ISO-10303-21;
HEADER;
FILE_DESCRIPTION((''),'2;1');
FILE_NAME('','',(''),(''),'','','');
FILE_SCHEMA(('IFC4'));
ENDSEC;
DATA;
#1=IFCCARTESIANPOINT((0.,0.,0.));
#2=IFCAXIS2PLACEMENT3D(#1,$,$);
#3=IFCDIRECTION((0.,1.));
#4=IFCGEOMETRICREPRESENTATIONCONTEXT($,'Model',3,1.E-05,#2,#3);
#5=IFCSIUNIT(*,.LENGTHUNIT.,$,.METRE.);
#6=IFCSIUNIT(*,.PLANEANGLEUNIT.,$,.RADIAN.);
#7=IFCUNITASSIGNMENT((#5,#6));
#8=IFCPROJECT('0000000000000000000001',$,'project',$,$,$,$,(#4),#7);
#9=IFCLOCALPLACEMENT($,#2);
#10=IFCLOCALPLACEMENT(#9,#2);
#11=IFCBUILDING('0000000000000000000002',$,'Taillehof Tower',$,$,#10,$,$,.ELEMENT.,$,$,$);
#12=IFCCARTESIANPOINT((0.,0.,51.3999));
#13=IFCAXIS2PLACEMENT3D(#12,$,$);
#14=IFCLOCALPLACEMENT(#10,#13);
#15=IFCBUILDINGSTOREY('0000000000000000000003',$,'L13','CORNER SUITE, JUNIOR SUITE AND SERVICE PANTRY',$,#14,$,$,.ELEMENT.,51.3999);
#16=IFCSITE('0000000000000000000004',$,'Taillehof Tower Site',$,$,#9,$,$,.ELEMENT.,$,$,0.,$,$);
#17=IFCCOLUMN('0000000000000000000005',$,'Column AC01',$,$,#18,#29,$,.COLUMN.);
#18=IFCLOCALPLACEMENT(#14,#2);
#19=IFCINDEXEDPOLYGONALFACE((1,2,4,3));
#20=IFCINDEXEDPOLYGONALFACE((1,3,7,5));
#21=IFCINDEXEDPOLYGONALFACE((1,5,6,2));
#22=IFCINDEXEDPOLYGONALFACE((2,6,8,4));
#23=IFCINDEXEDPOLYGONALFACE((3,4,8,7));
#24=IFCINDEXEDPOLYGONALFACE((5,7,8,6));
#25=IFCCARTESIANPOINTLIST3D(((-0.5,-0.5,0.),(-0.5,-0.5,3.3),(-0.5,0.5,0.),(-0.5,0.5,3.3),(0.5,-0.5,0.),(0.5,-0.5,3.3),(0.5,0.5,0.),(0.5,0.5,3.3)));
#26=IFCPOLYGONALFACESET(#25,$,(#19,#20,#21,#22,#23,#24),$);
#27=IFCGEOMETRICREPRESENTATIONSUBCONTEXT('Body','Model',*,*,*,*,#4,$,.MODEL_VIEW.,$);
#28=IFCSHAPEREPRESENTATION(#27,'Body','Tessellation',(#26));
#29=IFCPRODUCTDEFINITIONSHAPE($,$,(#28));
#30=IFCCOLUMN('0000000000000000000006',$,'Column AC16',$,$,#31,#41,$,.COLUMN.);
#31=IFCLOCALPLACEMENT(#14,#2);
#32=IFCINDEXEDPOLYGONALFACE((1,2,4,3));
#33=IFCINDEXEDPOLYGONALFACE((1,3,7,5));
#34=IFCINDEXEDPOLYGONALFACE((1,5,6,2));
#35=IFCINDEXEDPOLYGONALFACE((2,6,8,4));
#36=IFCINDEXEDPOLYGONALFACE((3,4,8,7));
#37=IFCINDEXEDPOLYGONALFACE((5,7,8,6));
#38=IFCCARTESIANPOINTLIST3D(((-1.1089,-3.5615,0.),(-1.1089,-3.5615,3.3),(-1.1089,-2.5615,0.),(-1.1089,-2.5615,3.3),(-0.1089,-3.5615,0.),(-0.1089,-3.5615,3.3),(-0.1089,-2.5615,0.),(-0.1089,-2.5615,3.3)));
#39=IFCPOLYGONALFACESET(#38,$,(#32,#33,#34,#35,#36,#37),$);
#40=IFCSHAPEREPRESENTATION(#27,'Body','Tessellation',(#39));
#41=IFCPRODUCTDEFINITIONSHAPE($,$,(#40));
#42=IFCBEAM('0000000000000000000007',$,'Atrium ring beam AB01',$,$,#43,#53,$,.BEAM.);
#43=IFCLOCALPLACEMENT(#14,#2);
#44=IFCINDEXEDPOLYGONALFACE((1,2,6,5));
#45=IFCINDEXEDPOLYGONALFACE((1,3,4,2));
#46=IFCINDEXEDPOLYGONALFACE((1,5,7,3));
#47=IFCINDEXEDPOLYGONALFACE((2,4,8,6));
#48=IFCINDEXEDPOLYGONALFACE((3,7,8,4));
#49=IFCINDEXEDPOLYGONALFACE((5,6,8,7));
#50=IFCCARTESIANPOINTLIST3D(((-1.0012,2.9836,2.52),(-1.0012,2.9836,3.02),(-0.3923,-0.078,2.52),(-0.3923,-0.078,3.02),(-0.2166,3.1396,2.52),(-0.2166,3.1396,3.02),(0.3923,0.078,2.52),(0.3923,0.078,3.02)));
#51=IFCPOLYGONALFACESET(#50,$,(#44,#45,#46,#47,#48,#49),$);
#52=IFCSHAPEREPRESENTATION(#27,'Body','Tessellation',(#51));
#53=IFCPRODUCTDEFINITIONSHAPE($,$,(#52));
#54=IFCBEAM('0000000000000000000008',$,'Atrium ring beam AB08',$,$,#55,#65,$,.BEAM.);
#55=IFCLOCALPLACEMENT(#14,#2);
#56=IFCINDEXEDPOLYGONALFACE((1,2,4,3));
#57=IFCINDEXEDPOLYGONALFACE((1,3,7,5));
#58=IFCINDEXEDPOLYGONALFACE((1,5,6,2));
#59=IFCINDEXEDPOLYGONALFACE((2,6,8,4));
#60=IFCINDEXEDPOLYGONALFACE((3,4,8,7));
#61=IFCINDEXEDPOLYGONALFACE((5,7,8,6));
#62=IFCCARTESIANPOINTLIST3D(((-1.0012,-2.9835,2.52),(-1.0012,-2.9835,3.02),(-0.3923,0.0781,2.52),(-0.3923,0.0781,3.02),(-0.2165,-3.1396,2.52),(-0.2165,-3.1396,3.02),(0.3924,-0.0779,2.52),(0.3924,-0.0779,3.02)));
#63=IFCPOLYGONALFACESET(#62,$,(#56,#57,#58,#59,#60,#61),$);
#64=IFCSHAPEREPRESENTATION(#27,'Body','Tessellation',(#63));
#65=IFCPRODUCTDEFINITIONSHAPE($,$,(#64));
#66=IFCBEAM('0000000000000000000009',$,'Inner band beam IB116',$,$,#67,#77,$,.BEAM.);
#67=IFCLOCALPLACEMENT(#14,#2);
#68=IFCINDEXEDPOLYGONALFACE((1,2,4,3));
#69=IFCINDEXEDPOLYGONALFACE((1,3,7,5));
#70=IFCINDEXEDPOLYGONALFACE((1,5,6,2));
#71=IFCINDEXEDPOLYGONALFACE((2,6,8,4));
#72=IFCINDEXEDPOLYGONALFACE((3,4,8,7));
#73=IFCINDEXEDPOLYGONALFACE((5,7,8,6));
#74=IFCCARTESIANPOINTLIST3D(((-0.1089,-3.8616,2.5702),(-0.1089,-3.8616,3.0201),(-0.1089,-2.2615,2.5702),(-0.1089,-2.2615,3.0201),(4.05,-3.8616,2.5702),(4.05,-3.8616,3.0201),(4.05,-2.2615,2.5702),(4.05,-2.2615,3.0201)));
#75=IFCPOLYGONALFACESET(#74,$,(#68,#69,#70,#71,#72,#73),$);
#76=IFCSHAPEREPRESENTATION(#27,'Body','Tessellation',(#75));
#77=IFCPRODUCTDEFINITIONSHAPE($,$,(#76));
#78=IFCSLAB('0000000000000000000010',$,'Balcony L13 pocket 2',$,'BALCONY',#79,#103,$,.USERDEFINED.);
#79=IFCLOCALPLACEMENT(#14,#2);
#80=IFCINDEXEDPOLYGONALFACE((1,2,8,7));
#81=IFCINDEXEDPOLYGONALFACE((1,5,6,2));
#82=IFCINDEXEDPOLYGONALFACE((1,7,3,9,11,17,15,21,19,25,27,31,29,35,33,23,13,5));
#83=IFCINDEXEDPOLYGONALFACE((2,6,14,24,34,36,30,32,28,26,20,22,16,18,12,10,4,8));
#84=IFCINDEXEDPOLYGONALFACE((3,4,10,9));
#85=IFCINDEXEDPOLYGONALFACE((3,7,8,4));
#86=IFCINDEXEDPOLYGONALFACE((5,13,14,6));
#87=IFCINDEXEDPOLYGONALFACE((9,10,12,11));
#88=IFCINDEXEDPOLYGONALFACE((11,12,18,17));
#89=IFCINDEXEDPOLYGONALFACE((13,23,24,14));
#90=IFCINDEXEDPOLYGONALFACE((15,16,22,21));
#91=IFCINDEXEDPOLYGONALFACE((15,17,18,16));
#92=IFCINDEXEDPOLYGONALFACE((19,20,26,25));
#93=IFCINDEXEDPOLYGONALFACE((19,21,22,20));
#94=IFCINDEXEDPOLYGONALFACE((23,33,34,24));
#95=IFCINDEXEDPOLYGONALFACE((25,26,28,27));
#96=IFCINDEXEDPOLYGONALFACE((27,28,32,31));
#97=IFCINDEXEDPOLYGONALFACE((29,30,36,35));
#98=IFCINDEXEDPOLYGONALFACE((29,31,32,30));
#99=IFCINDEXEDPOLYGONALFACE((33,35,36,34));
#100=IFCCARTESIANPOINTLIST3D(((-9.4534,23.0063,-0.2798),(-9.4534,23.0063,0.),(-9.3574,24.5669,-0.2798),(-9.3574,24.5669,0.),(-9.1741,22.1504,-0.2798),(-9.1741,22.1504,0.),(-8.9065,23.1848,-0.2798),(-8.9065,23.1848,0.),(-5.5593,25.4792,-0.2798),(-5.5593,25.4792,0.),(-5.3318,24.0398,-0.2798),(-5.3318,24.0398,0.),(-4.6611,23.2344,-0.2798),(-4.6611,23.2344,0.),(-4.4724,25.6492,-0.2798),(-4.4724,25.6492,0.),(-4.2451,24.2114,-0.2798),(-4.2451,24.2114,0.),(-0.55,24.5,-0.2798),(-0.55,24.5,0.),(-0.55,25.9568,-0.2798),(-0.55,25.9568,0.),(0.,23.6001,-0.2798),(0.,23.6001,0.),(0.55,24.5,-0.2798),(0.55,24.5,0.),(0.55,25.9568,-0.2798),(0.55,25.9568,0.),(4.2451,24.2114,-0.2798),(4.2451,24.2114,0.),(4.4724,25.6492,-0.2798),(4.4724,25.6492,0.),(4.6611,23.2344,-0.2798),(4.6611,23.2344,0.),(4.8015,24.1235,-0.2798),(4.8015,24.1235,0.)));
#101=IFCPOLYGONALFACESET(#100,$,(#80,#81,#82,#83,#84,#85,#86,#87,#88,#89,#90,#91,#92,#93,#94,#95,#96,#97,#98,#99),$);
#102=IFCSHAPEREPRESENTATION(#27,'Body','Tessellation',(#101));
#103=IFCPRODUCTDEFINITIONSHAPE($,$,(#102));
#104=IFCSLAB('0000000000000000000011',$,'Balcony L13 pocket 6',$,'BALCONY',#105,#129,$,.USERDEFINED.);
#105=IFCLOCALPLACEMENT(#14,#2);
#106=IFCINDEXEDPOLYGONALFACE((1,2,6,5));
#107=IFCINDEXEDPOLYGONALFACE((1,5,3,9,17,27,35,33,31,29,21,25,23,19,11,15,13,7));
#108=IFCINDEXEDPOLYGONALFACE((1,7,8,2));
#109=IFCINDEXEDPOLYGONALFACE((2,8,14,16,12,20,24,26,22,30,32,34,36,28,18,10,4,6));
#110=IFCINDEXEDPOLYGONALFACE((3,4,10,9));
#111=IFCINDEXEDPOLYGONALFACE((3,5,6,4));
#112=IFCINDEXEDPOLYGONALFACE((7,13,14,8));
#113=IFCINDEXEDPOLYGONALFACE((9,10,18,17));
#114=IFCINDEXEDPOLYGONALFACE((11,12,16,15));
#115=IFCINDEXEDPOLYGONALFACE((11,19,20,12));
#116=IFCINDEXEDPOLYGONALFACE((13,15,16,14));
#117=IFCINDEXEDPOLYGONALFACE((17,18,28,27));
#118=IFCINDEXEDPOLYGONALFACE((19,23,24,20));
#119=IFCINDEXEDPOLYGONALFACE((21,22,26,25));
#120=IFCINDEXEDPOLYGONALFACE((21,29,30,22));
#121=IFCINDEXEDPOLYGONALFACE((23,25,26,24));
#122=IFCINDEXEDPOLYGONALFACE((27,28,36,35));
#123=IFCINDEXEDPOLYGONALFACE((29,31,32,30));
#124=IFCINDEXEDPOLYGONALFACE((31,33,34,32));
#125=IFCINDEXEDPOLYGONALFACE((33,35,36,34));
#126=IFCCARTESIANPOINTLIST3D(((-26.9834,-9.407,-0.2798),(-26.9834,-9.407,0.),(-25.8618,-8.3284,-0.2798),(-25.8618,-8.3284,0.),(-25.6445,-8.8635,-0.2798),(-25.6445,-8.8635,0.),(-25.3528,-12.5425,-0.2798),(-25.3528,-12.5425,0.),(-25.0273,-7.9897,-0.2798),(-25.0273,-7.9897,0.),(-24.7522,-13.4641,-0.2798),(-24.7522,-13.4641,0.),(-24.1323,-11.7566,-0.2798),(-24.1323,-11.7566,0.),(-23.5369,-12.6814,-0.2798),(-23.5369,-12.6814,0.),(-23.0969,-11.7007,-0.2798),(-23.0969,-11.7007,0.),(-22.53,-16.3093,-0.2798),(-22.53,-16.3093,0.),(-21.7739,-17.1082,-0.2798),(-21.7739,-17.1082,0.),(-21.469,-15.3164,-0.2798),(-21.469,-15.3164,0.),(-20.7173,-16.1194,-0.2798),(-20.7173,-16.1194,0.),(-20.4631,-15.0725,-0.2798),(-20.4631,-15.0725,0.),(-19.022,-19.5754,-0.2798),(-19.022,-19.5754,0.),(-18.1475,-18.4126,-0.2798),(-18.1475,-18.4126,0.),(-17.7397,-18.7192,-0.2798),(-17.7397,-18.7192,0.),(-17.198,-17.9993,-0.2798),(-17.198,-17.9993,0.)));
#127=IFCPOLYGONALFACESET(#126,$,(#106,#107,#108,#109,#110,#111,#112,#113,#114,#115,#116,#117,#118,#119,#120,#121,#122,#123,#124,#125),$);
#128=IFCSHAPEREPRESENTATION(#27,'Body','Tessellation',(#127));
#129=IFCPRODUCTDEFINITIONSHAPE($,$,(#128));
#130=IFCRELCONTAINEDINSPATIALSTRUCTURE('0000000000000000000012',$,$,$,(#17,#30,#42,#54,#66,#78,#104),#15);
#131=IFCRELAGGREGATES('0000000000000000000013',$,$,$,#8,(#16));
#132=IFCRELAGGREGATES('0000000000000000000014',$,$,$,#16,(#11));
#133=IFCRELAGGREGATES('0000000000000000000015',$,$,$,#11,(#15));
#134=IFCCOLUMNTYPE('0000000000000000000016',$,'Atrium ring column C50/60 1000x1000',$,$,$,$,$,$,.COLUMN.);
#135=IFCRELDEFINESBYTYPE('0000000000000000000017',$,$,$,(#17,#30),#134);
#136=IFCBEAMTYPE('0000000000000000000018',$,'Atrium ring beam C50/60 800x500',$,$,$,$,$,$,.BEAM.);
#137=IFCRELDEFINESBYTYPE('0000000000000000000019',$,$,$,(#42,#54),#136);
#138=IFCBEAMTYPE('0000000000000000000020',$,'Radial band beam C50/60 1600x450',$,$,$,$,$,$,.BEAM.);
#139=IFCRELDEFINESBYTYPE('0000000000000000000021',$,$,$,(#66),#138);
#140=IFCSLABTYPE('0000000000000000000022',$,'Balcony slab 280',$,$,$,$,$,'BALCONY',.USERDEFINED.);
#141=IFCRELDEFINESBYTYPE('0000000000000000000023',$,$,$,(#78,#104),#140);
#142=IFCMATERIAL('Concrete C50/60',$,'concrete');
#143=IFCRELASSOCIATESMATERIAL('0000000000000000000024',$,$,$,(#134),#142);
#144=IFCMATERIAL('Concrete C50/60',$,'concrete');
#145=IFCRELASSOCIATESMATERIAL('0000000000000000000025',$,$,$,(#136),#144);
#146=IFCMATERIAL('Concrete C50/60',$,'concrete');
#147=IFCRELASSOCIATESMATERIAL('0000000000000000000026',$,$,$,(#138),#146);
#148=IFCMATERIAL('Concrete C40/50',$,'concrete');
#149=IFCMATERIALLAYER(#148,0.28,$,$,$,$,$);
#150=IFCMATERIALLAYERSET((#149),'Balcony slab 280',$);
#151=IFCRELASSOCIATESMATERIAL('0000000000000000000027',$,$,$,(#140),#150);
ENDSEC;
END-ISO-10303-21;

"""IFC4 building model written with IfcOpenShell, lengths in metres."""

from ifc_helpers import new_model, si_unit, direction, frame, origin, origin_2d, place, context, subcontext, project, spatial, polyline, rectangle, outline, extrude, material, layer, layer_set, material_profile, profile_set, type_object, element, save


model = new_model("IFC4")

# Units and contexts
model_context = context("Model", 3, precision=1e-05, world=origin(), true_north=direction((0.0, 1.0)))
body_context = subcontext(model_context, "Body", "Model", "MODEL_VIEW")
ifc_project = project(units=[si_unit("LENGTHUNIT", "METRE"), si_unit("PLANEANGLEUNIT", "RADIAN")], contexts=[model_context])

# Site, building, storey
site_placement = place(None, origin())
site = spatial("IfcSite", under=ifc_project, at=site_placement, Name="Taillehof Tower Site", CompositionType="ELEMENT", RefElevation=0.0)
building_placement = place(site_placement, origin())
building = spatial("IfcBuilding", under=site, at=building_placement, Name="Taillehof Tower", CompositionType="ELEMENT")
storey_placement = place(building_placement, frame((0.0, 0.0, 51.3999)))
storey = spatial("IfcBuildingStorey", under=building, at=storey_placement, Name="L13", Description="CORNER SUITE, JUNIOR SUITE AND SERVICE PANTRY", CompositionType="ELEMENT", Elevation=51.3999)

# Columns
ifc_material_1 = material(Name="Concrete C50/60", Category="concrete")
ifc_material_profile_1 = material_profile(ifc_material_1, rectangle(XDim=1.0, YDim=1.0, at=origin_2d()), Name="RC 1000x1000")
ifc_profile_set_1 = profile_set([ifc_material_profile_1], Name="Concrete C50/60")
column_type = type_object("IfcColumnType", Name="Atrium ring column C50/60 1000x1000", PredefinedType="COLUMN", material=ifc_profile_set_1)
for number, where, z_axis, x_axis, name in (
    (1, (0.0, 0.0, 0.0), (0.0, 0.0, 1.0), (1.0, 0.0, 0.0), "Column AC01"),
    (2, (-0.6089, -3.0615, 0.0), (0.0, 0.0, 1.0), (1.0, 0.0, 0.0), "Column AC16"),
):
    element("IfcColumn", number, at=place(storey_placement, frame(where, z_axis=z_axis, x_axis=x_axis)), inside=storey, type_object=column_type, Name=name, PredefinedType="COLUMN", context=body_context, shape_type="SweptSolid", body=[
        extrude(rectangle(XDim=1.0, YDim=1.0, at=origin_2d()), origin(), (0.0, 0.0, 1.0), 3.3),
    ])

# Beams
ifc_material_2 = material(Name="Concrete C50/60", Category="concrete")
ifc_material_profile_2 = material_profile(ifc_material_2, rectangle(XDim=0.8, YDim=0.5, at=origin_2d()), Name="RC 800x500")
ifc_profile_set_2 = profile_set([ifc_material_profile_2], Name="Concrete C50/60")
beam_type_1 = type_object("IfcBeamType", Name="Atrium ring beam C50/60 800x500", PredefinedType="BEAM", material=ifc_profile_set_2)
for number, where, z_axis, x_axis, name in (
    (3, (0.0, 0.0, 2.77), (-0.195063, 0.980791, 0.0), (-0.980791, -0.195063, 0.0), "Atrium ring beam AB01"),
    (4, (-0.6089, -3.0615, 2.77), (0.195063, 0.980791, 0.0), (-0.980791, 0.195063, 0.0), "Atrium ring beam AB08"),
):
    element("IfcBeam", number, at=place(storey_placement, frame(where, z_axis=z_axis, x_axis=x_axis)), inside=storey, type_object=beam_type_1, Name=name, PredefinedType="BEAM", context=body_context, shape_type="SweptSolid", body=[
        extrude(rectangle(XDim=0.8, YDim=0.5, at=origin_2d()), origin(), (0.0, 0.0, 1.0), 3.1216),
    ])
ifc_material_3 = material(Name="Concrete C50/60", Category="concrete")
ifc_material_profile_3 = material_profile(ifc_material_3, rectangle(XDim=1.6001, YDim=0.45, at=origin_2d()), Name="RC 1600x450")
ifc_profile_set_3 = profile_set([ifc_material_profile_3], Name="Concrete C50/60")
beam_type_2 = type_object("IfcBeamType", Name="Radial band beam C50/60 1600x450", PredefinedType="BEAM", material=ifc_profile_set_3)
beam_placement = place(storey_placement, frame((-0.1089, -3.0615, 2.7952), z_axis=(1.0, 0.0, 0.0), x_axis=(0.0, 1.0, 0.0)))
element("IfcBeam", 5, at=beam_placement, inside=storey, type_object=beam_type_2, Name="Inner band beam IB116", PredefinedType="BEAM", context=body_context, shape_type="SweptSolid", body=[
    extrude(rectangle(XDim=1.6001, YDim=0.45, at=origin_2d()), origin(), (0.0, 0.0, 1.0), 4.1589),
])

# Slabs
ifc_material_4 = material(Name="Concrete C40/50", Category="concrete")
ifc_layer_1 = layer(ifc_material_4, 0.28)
ifc_layer_set_1 = layer_set([ifc_layer_1], Name="Balcony slab 280")
slab_type_1 = type_object("IfcSlabType", Name="Balcony slab 280", ElementType="BALCONY", PredefinedType="USERDEFINED", material=ifc_layer_set_1)
slab_1_placement = place(storey_placement, frame((0.0, 0.0, -0.2798)))
element("IfcSlab", 6, at=slab_1_placement, inside=storey, type_object=slab_type_1, Name="Balcony L13 pocket 2", ObjectType="BALCONY", PredefinedType="USERDEFINED", context=body_context, shape_type="SweptSolid", body=[
    extrude(outline(polyline([(-9.1741, 22.1504), (-9.4534, 23.0063), (-8.9065, 23.1848), (-9.3574, 24.5669), (-5.5593, 25.4792), (-5.3318, 24.0398), (-4.2451, 24.2114), (-4.4724, 25.6492), (-0.55, 25.9568), (-0.55, 24.5), (0.55, 24.5), (0.55, 25.9568), (4.4724, 25.6492), (4.2451, 24.2114), (4.8015, 24.1235), (4.6611, 23.2344), (0.0, 23.6001), (-4.6611, 23.2344), (-9.1741, 22.1504)])), origin(), (0.0, 0.0, 1.0), 0.2798),
])
slab_2_placement = place(storey_placement, frame((0.0, 0.0, -0.2798)))
element("IfcSlab", 7, at=slab_2_placement, inside=storey, type_object=slab_type_1, Name="Balcony L13 pocket 6", ObjectType="BALCONY", PredefinedType="USERDEFINED", context=body_context, shape_type="SweptSolid", body=[
    extrude(outline(polyline([(-17.198, -17.9993), (-17.7397, -18.7192), (-18.1475, -18.4126), (-19.022, -19.5754), (-21.7739, -17.1082), (-20.7173, -16.1194), (-21.469, -15.3164), (-22.53, -16.3093), (-24.7522, -13.4641), (-23.5369, -12.6814), (-24.1323, -11.7566), (-25.3528, -12.5425), (-26.9834, -9.407), (-25.6445, -8.8635), (-25.8618, -8.3284), (-25.0273, -7.9897), (-23.0969, -11.7007), (-20.4631, -15.0725), (-17.198, -17.9993)])), origin(), (0.0, 0.0, 1.0), 0.2798),
])

save(model, "model.ifc")
